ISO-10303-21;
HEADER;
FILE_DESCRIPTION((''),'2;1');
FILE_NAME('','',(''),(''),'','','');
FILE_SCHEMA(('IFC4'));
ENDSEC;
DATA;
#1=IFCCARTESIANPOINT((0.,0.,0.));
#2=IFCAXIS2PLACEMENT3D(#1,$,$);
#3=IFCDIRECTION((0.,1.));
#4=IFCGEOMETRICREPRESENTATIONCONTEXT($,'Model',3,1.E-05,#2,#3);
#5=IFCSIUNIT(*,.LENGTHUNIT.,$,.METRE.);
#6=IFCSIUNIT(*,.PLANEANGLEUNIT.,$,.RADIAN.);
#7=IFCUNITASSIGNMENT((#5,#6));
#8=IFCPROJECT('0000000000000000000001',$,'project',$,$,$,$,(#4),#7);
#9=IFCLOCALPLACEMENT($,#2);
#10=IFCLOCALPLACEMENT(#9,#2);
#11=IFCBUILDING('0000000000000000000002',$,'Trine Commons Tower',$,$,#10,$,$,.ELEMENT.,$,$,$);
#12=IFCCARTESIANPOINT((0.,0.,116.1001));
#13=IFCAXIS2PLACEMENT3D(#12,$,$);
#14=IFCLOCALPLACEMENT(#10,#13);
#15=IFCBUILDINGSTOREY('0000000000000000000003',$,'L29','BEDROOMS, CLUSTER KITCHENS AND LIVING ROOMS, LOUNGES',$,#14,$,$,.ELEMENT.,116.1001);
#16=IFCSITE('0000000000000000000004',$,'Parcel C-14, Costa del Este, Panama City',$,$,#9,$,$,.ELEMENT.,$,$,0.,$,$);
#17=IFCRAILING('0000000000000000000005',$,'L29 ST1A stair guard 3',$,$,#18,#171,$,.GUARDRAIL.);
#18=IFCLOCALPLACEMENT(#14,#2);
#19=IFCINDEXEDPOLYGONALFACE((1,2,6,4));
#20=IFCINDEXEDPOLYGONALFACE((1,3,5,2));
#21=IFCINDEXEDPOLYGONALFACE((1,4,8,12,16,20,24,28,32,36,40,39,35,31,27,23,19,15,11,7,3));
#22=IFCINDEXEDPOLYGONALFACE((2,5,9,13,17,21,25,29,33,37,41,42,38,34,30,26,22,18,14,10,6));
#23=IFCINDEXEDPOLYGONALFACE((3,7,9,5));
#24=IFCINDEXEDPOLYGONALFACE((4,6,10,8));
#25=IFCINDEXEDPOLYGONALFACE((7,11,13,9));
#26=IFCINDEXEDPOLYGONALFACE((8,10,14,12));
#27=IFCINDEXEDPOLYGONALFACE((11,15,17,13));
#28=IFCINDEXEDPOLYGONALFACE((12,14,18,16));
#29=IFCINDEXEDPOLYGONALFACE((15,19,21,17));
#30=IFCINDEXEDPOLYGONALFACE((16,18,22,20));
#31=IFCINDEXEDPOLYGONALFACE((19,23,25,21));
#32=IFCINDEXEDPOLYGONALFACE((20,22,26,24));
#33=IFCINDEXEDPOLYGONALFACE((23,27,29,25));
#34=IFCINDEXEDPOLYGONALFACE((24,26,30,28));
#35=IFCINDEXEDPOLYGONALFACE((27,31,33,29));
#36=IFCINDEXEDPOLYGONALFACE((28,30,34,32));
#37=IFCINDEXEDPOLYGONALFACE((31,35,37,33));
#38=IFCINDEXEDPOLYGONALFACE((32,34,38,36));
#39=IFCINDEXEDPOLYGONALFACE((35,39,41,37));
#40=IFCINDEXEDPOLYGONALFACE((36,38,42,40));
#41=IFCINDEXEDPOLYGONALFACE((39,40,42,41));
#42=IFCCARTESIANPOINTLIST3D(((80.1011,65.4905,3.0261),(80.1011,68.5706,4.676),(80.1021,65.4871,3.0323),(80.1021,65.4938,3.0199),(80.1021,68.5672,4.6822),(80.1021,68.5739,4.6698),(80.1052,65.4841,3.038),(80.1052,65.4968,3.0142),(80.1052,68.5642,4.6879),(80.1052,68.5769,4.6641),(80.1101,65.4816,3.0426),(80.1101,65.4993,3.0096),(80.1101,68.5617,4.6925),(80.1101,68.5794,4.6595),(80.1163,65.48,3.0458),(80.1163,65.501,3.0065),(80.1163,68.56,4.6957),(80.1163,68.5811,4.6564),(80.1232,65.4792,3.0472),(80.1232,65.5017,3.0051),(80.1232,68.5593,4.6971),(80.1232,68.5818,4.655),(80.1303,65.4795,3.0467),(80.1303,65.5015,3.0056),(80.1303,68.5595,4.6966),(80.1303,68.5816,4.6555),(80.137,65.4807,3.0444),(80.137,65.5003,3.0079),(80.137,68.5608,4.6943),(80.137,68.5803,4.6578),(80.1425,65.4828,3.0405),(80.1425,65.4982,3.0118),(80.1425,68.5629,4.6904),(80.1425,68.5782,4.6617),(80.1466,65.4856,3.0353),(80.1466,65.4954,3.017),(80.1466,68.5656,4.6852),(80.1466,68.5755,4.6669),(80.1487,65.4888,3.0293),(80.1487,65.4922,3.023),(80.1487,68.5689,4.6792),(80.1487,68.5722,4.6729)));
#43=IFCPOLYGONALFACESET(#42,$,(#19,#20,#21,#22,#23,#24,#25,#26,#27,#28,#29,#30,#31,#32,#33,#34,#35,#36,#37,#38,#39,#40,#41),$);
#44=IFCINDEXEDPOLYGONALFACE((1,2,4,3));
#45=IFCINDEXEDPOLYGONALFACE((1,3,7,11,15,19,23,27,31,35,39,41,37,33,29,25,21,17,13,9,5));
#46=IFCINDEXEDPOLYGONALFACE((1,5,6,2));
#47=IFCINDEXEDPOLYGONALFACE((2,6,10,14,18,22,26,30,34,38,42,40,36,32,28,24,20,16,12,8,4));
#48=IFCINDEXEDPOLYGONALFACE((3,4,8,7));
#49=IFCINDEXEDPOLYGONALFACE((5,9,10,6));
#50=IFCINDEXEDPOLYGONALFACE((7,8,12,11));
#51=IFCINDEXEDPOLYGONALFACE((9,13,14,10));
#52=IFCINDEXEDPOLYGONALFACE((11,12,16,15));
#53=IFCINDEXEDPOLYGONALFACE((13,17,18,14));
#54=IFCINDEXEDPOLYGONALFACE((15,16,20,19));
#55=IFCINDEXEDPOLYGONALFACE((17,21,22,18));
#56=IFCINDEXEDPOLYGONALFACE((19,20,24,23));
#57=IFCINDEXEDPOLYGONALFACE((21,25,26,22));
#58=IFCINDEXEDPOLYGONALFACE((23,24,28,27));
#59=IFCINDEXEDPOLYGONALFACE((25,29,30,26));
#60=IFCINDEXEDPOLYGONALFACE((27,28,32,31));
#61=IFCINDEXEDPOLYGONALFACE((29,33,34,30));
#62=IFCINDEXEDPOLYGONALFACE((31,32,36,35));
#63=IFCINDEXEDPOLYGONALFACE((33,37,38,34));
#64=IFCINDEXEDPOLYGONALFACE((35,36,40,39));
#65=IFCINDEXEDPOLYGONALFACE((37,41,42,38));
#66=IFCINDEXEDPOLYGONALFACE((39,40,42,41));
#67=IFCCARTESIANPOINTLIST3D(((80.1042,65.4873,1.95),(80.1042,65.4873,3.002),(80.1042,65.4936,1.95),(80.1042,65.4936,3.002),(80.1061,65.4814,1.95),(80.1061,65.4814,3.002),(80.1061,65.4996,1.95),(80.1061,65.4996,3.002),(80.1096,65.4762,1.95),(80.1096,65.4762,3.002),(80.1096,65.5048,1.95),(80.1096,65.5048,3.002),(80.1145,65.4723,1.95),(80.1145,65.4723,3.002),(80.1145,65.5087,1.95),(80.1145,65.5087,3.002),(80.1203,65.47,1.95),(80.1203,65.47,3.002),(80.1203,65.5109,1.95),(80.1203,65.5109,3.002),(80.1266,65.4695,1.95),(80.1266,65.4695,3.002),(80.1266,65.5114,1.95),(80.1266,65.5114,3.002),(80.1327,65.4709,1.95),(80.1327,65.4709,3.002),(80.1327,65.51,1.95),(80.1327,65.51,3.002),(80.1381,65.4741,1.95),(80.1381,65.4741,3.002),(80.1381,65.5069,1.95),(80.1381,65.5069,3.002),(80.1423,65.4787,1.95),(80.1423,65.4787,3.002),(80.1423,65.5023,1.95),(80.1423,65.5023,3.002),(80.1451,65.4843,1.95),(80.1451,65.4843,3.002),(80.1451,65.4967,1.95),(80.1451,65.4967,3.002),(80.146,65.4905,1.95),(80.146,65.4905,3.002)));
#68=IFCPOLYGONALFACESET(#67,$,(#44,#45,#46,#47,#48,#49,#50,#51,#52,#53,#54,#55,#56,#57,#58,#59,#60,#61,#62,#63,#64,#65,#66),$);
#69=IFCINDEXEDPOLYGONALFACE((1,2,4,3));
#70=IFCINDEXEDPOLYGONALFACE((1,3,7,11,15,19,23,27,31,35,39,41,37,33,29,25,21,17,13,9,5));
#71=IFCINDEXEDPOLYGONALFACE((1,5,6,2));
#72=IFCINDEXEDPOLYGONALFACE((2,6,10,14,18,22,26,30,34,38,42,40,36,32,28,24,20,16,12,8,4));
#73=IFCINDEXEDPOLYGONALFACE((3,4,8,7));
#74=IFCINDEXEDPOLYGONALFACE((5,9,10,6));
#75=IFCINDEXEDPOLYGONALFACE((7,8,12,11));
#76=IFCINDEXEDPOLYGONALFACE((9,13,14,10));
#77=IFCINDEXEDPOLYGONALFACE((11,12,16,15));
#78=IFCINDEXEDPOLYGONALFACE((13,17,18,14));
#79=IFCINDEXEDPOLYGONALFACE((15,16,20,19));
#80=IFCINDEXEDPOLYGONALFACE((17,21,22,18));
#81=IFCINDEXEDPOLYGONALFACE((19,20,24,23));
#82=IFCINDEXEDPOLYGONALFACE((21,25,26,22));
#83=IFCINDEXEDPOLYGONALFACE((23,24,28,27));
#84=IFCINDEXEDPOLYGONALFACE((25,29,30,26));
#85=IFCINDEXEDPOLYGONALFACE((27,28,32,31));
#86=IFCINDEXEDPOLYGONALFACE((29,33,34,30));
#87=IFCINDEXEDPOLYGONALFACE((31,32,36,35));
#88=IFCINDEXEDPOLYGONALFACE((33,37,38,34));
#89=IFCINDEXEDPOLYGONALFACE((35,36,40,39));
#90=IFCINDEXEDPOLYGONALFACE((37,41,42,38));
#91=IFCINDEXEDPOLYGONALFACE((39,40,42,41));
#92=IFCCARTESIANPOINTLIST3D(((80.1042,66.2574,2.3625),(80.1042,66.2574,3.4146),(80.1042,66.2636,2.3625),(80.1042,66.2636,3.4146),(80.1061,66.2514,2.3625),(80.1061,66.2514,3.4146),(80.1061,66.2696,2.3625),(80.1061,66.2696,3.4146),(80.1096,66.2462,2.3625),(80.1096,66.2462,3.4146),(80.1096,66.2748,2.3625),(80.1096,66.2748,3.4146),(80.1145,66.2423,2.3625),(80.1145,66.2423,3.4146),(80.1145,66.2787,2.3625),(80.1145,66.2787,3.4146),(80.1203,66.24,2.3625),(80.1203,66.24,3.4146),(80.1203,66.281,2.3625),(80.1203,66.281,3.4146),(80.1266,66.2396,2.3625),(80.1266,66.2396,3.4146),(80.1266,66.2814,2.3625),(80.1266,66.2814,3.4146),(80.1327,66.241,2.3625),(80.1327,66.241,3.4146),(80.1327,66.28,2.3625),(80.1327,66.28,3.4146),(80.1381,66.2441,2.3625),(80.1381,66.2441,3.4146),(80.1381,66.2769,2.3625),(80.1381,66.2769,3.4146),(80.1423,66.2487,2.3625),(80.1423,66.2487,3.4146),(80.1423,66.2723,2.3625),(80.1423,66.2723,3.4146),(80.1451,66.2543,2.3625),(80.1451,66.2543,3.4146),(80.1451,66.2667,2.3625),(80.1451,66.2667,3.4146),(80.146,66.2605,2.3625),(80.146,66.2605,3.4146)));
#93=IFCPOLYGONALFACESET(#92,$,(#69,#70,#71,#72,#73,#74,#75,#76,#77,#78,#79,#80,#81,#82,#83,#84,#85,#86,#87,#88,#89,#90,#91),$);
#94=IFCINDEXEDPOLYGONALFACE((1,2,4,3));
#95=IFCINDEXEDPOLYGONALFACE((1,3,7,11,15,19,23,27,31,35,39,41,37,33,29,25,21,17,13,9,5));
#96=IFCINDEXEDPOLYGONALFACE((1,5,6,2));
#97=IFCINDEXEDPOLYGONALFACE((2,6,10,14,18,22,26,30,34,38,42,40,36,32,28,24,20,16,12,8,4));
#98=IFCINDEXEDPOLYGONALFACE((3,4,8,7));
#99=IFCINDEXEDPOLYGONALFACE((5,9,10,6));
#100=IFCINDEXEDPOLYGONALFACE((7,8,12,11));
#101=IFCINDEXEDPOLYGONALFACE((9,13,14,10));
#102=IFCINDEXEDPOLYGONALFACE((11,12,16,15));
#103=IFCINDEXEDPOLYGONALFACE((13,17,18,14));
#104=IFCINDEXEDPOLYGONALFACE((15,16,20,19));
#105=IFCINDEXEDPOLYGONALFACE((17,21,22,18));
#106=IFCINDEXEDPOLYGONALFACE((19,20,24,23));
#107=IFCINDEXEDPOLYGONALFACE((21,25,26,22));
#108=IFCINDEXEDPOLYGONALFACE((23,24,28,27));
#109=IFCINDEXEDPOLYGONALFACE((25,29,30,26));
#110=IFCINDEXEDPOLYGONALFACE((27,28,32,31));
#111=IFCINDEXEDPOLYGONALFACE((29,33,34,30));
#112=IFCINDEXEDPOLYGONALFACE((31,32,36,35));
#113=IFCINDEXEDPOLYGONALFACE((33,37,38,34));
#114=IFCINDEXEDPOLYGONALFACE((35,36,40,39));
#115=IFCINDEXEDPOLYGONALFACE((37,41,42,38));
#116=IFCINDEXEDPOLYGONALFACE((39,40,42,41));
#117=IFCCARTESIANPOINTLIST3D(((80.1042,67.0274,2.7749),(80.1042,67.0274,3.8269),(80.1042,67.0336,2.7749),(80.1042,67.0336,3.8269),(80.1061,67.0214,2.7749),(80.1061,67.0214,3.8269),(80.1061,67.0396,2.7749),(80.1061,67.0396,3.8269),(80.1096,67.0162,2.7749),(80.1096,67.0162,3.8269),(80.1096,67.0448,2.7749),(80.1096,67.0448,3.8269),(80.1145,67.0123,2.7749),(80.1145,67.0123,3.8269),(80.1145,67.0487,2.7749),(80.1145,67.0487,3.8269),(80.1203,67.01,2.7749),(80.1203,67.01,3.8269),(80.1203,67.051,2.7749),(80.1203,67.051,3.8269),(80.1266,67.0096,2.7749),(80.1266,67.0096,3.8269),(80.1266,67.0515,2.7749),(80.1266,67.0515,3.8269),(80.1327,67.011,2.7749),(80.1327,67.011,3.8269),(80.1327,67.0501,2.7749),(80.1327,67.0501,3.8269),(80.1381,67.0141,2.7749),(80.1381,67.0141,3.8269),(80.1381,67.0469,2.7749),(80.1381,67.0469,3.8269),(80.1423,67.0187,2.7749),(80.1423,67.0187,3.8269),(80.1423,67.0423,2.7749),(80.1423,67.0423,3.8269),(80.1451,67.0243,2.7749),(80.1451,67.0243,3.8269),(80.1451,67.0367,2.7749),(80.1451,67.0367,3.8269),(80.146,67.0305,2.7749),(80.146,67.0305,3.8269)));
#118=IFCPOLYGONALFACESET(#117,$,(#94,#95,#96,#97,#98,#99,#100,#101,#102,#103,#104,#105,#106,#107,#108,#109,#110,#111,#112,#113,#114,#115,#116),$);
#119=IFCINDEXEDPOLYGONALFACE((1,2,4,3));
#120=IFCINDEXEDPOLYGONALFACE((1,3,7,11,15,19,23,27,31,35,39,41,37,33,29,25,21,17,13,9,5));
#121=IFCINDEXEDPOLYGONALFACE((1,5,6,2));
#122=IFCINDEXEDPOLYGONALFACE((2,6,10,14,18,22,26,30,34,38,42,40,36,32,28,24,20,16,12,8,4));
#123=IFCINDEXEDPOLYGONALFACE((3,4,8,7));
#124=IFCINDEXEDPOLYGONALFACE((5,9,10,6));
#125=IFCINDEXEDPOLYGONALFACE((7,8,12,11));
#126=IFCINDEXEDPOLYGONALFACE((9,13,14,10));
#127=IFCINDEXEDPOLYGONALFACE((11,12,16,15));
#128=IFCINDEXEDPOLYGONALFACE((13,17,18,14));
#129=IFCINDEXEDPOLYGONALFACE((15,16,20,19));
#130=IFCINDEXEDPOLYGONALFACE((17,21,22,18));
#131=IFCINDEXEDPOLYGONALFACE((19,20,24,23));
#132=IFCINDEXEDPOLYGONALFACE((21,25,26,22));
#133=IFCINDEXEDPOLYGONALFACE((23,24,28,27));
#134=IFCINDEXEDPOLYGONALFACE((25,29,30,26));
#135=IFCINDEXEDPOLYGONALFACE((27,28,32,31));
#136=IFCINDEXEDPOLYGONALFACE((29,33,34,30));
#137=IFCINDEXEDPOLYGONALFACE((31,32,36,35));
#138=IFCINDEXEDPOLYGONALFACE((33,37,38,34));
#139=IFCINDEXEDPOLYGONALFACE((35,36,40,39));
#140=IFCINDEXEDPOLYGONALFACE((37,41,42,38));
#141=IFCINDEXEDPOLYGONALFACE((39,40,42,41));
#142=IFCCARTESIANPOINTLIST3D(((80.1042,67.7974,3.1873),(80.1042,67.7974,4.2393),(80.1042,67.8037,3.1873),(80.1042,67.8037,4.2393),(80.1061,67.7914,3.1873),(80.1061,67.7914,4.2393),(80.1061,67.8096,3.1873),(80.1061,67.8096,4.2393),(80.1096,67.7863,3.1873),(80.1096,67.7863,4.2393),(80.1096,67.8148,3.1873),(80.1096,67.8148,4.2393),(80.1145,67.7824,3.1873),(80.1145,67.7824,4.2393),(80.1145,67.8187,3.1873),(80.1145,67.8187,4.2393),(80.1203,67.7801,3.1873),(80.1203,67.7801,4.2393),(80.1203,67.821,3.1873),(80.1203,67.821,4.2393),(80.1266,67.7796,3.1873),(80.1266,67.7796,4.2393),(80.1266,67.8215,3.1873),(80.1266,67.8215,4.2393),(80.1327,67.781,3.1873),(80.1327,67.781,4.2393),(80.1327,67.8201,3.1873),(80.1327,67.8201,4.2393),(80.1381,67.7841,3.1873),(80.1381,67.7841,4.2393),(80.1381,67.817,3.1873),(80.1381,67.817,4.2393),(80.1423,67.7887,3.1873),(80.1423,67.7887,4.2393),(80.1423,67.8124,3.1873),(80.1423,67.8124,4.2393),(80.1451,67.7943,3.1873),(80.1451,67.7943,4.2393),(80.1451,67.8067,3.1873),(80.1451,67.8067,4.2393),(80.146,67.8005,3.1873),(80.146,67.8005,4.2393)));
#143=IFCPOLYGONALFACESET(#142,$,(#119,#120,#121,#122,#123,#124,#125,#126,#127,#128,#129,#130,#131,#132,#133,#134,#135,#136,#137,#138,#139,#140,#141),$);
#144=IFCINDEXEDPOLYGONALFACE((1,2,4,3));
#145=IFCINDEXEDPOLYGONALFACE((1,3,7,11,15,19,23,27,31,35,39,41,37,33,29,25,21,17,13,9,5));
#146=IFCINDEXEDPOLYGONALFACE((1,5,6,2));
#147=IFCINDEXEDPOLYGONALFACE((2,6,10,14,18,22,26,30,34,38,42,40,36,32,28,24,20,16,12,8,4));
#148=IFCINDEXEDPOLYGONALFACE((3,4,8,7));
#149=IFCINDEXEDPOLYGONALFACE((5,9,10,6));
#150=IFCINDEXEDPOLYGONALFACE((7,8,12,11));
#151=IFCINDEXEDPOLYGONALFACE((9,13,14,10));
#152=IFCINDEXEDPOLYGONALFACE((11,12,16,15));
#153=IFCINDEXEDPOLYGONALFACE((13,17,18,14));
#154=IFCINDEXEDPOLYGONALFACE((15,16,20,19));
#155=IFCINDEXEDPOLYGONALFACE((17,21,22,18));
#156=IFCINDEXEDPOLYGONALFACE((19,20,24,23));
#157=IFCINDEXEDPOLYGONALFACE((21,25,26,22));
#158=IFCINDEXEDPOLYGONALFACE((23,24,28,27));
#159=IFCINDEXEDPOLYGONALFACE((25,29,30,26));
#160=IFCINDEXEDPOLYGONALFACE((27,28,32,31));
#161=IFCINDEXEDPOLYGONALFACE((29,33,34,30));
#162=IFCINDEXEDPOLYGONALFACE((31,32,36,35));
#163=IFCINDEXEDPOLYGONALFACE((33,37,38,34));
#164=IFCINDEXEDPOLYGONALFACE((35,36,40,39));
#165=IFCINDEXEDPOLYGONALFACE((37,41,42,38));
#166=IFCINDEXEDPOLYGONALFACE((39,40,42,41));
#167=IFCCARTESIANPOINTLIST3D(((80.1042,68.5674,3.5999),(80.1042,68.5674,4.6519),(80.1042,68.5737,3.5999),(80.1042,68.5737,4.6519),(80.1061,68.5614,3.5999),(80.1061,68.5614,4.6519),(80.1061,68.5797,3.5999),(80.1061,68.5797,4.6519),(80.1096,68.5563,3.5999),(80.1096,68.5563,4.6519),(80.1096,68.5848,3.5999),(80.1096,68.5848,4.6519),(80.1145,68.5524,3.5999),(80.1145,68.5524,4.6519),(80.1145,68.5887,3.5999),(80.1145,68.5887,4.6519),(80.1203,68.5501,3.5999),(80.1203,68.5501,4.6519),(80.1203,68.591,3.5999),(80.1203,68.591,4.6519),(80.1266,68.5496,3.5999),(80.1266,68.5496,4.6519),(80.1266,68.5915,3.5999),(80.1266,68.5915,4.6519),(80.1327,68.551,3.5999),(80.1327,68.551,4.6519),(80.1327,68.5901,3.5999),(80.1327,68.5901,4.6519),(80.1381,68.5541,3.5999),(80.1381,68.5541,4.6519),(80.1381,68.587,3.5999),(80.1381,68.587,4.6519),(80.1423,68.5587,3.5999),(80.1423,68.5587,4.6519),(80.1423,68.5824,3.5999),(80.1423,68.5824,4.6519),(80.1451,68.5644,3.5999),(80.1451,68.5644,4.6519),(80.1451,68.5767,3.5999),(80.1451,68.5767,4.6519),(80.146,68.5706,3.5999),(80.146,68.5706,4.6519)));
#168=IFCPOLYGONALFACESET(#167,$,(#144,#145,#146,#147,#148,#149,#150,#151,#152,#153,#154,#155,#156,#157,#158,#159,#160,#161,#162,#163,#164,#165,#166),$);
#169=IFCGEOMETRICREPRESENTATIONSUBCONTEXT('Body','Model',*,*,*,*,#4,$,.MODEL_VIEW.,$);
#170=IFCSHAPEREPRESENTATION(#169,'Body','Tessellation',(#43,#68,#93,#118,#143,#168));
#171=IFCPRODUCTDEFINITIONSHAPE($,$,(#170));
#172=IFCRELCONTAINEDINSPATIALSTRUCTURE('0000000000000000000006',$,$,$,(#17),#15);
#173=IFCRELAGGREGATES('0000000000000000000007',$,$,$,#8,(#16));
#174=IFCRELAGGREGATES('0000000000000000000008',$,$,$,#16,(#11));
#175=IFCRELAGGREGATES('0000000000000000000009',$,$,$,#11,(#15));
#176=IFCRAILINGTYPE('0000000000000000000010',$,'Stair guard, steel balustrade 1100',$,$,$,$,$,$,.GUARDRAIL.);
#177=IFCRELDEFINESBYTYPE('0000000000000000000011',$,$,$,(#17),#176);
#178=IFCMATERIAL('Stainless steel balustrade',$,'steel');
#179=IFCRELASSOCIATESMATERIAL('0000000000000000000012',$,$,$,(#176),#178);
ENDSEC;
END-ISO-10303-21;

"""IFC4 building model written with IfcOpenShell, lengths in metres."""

from ifc_helpers import new_model, si_unit, direction, frame, origin, origin_2d, place, context, subcontext, project, spatial, circle, extrude, material, type_object, element, save


model = new_model("IFC4")

# Units and contexts
model_context = context("Model", 3, precision=1e-05, world=origin(), true_north=direction((0.0, 1.0)))
body_context = subcontext(model_context, "Body", "Model", "MODEL_VIEW")
ifc_project = project(units=[si_unit("LENGTHUNIT", "METRE"), si_unit("PLANEANGLEUNIT", "RADIAN")], contexts=[model_context])

# Site, building, storey
site_placement = place(None, origin())
site = spatial("IfcSite", under=ifc_project, at=site_placement, Name="Parcel C-14, Costa del Este, Panama City", CompositionType="ELEMENT", RefElevation=0.0)
building_placement = place(site_placement, origin())
building = spatial("IfcBuilding", under=site, at=building_placement, Name="Trine Commons Tower", CompositionType="ELEMENT")
storey_placement = place(building_placement, frame((0.0, 0.0, 116.1001)))
storey = spatial("IfcBuildingStorey", under=building, at=storey_placement, Name="L29", Description="BEDROOMS, CLUSTER KITCHENS AND LIVING ROOMS, LOUNGES", CompositionType="ELEMENT", Elevation=116.1001)

# Railing
ifc_material_1 = material(Name="Stainless steel balustrade", Category="steel")
railing_type_1 = type_object("IfcRailingType", Name="Stair guard, steel balustrade 1100", PredefinedType="GUARDRAIL", material=ifc_material_1)
railing_1_placement = place(storey_placement, frame((80.125, 65.4905, 1.95)))
element("IfcRailing", 1, at=railing_1_placement, inside=storey, type_object=railing_type_1, Name="L29 ST1A stair guard 3", PredefinedType="GUARDRAIL", context=body_context, shape_type="SweptSolid", body=[
    extrude(circle(Radius=0.0239, at=origin_2d()), frame((0.0, 0.0, 1.0762), z_axis=(0.0, 0.881497, 0.47219), x_axis=(-1.0, 0.0, 0.0)), (0.0, 0.0, 1.0), 3.4941),
    extrude(circle(Radius=0.021, at=origin_2d()), origin(), (0.0, 0.0, 1.0), 1.052),
    extrude(circle(Radius=0.021, at=origin_2d()), frame((0.0, 0.77, 0.4126)), (0.0, 0.0, 1.0), 1.052),
    extrude(circle(Radius=0.021, at=origin_2d()), frame((0.0, 1.54, 0.825)), (0.0, 0.0, 1.0), 1.052),
    extrude(circle(Radius=0.021, at=origin_2d()), frame((0.0, 2.3101, 1.2373)), (0.0, 0.0, 1.0), 1.052),
    extrude(circle(Radius=0.021, at=origin_2d()), frame((0.0, 3.0801, 1.6499)), (0.0, 0.0, 1.0), 1.052),
])

save(model, "model.ifc")
